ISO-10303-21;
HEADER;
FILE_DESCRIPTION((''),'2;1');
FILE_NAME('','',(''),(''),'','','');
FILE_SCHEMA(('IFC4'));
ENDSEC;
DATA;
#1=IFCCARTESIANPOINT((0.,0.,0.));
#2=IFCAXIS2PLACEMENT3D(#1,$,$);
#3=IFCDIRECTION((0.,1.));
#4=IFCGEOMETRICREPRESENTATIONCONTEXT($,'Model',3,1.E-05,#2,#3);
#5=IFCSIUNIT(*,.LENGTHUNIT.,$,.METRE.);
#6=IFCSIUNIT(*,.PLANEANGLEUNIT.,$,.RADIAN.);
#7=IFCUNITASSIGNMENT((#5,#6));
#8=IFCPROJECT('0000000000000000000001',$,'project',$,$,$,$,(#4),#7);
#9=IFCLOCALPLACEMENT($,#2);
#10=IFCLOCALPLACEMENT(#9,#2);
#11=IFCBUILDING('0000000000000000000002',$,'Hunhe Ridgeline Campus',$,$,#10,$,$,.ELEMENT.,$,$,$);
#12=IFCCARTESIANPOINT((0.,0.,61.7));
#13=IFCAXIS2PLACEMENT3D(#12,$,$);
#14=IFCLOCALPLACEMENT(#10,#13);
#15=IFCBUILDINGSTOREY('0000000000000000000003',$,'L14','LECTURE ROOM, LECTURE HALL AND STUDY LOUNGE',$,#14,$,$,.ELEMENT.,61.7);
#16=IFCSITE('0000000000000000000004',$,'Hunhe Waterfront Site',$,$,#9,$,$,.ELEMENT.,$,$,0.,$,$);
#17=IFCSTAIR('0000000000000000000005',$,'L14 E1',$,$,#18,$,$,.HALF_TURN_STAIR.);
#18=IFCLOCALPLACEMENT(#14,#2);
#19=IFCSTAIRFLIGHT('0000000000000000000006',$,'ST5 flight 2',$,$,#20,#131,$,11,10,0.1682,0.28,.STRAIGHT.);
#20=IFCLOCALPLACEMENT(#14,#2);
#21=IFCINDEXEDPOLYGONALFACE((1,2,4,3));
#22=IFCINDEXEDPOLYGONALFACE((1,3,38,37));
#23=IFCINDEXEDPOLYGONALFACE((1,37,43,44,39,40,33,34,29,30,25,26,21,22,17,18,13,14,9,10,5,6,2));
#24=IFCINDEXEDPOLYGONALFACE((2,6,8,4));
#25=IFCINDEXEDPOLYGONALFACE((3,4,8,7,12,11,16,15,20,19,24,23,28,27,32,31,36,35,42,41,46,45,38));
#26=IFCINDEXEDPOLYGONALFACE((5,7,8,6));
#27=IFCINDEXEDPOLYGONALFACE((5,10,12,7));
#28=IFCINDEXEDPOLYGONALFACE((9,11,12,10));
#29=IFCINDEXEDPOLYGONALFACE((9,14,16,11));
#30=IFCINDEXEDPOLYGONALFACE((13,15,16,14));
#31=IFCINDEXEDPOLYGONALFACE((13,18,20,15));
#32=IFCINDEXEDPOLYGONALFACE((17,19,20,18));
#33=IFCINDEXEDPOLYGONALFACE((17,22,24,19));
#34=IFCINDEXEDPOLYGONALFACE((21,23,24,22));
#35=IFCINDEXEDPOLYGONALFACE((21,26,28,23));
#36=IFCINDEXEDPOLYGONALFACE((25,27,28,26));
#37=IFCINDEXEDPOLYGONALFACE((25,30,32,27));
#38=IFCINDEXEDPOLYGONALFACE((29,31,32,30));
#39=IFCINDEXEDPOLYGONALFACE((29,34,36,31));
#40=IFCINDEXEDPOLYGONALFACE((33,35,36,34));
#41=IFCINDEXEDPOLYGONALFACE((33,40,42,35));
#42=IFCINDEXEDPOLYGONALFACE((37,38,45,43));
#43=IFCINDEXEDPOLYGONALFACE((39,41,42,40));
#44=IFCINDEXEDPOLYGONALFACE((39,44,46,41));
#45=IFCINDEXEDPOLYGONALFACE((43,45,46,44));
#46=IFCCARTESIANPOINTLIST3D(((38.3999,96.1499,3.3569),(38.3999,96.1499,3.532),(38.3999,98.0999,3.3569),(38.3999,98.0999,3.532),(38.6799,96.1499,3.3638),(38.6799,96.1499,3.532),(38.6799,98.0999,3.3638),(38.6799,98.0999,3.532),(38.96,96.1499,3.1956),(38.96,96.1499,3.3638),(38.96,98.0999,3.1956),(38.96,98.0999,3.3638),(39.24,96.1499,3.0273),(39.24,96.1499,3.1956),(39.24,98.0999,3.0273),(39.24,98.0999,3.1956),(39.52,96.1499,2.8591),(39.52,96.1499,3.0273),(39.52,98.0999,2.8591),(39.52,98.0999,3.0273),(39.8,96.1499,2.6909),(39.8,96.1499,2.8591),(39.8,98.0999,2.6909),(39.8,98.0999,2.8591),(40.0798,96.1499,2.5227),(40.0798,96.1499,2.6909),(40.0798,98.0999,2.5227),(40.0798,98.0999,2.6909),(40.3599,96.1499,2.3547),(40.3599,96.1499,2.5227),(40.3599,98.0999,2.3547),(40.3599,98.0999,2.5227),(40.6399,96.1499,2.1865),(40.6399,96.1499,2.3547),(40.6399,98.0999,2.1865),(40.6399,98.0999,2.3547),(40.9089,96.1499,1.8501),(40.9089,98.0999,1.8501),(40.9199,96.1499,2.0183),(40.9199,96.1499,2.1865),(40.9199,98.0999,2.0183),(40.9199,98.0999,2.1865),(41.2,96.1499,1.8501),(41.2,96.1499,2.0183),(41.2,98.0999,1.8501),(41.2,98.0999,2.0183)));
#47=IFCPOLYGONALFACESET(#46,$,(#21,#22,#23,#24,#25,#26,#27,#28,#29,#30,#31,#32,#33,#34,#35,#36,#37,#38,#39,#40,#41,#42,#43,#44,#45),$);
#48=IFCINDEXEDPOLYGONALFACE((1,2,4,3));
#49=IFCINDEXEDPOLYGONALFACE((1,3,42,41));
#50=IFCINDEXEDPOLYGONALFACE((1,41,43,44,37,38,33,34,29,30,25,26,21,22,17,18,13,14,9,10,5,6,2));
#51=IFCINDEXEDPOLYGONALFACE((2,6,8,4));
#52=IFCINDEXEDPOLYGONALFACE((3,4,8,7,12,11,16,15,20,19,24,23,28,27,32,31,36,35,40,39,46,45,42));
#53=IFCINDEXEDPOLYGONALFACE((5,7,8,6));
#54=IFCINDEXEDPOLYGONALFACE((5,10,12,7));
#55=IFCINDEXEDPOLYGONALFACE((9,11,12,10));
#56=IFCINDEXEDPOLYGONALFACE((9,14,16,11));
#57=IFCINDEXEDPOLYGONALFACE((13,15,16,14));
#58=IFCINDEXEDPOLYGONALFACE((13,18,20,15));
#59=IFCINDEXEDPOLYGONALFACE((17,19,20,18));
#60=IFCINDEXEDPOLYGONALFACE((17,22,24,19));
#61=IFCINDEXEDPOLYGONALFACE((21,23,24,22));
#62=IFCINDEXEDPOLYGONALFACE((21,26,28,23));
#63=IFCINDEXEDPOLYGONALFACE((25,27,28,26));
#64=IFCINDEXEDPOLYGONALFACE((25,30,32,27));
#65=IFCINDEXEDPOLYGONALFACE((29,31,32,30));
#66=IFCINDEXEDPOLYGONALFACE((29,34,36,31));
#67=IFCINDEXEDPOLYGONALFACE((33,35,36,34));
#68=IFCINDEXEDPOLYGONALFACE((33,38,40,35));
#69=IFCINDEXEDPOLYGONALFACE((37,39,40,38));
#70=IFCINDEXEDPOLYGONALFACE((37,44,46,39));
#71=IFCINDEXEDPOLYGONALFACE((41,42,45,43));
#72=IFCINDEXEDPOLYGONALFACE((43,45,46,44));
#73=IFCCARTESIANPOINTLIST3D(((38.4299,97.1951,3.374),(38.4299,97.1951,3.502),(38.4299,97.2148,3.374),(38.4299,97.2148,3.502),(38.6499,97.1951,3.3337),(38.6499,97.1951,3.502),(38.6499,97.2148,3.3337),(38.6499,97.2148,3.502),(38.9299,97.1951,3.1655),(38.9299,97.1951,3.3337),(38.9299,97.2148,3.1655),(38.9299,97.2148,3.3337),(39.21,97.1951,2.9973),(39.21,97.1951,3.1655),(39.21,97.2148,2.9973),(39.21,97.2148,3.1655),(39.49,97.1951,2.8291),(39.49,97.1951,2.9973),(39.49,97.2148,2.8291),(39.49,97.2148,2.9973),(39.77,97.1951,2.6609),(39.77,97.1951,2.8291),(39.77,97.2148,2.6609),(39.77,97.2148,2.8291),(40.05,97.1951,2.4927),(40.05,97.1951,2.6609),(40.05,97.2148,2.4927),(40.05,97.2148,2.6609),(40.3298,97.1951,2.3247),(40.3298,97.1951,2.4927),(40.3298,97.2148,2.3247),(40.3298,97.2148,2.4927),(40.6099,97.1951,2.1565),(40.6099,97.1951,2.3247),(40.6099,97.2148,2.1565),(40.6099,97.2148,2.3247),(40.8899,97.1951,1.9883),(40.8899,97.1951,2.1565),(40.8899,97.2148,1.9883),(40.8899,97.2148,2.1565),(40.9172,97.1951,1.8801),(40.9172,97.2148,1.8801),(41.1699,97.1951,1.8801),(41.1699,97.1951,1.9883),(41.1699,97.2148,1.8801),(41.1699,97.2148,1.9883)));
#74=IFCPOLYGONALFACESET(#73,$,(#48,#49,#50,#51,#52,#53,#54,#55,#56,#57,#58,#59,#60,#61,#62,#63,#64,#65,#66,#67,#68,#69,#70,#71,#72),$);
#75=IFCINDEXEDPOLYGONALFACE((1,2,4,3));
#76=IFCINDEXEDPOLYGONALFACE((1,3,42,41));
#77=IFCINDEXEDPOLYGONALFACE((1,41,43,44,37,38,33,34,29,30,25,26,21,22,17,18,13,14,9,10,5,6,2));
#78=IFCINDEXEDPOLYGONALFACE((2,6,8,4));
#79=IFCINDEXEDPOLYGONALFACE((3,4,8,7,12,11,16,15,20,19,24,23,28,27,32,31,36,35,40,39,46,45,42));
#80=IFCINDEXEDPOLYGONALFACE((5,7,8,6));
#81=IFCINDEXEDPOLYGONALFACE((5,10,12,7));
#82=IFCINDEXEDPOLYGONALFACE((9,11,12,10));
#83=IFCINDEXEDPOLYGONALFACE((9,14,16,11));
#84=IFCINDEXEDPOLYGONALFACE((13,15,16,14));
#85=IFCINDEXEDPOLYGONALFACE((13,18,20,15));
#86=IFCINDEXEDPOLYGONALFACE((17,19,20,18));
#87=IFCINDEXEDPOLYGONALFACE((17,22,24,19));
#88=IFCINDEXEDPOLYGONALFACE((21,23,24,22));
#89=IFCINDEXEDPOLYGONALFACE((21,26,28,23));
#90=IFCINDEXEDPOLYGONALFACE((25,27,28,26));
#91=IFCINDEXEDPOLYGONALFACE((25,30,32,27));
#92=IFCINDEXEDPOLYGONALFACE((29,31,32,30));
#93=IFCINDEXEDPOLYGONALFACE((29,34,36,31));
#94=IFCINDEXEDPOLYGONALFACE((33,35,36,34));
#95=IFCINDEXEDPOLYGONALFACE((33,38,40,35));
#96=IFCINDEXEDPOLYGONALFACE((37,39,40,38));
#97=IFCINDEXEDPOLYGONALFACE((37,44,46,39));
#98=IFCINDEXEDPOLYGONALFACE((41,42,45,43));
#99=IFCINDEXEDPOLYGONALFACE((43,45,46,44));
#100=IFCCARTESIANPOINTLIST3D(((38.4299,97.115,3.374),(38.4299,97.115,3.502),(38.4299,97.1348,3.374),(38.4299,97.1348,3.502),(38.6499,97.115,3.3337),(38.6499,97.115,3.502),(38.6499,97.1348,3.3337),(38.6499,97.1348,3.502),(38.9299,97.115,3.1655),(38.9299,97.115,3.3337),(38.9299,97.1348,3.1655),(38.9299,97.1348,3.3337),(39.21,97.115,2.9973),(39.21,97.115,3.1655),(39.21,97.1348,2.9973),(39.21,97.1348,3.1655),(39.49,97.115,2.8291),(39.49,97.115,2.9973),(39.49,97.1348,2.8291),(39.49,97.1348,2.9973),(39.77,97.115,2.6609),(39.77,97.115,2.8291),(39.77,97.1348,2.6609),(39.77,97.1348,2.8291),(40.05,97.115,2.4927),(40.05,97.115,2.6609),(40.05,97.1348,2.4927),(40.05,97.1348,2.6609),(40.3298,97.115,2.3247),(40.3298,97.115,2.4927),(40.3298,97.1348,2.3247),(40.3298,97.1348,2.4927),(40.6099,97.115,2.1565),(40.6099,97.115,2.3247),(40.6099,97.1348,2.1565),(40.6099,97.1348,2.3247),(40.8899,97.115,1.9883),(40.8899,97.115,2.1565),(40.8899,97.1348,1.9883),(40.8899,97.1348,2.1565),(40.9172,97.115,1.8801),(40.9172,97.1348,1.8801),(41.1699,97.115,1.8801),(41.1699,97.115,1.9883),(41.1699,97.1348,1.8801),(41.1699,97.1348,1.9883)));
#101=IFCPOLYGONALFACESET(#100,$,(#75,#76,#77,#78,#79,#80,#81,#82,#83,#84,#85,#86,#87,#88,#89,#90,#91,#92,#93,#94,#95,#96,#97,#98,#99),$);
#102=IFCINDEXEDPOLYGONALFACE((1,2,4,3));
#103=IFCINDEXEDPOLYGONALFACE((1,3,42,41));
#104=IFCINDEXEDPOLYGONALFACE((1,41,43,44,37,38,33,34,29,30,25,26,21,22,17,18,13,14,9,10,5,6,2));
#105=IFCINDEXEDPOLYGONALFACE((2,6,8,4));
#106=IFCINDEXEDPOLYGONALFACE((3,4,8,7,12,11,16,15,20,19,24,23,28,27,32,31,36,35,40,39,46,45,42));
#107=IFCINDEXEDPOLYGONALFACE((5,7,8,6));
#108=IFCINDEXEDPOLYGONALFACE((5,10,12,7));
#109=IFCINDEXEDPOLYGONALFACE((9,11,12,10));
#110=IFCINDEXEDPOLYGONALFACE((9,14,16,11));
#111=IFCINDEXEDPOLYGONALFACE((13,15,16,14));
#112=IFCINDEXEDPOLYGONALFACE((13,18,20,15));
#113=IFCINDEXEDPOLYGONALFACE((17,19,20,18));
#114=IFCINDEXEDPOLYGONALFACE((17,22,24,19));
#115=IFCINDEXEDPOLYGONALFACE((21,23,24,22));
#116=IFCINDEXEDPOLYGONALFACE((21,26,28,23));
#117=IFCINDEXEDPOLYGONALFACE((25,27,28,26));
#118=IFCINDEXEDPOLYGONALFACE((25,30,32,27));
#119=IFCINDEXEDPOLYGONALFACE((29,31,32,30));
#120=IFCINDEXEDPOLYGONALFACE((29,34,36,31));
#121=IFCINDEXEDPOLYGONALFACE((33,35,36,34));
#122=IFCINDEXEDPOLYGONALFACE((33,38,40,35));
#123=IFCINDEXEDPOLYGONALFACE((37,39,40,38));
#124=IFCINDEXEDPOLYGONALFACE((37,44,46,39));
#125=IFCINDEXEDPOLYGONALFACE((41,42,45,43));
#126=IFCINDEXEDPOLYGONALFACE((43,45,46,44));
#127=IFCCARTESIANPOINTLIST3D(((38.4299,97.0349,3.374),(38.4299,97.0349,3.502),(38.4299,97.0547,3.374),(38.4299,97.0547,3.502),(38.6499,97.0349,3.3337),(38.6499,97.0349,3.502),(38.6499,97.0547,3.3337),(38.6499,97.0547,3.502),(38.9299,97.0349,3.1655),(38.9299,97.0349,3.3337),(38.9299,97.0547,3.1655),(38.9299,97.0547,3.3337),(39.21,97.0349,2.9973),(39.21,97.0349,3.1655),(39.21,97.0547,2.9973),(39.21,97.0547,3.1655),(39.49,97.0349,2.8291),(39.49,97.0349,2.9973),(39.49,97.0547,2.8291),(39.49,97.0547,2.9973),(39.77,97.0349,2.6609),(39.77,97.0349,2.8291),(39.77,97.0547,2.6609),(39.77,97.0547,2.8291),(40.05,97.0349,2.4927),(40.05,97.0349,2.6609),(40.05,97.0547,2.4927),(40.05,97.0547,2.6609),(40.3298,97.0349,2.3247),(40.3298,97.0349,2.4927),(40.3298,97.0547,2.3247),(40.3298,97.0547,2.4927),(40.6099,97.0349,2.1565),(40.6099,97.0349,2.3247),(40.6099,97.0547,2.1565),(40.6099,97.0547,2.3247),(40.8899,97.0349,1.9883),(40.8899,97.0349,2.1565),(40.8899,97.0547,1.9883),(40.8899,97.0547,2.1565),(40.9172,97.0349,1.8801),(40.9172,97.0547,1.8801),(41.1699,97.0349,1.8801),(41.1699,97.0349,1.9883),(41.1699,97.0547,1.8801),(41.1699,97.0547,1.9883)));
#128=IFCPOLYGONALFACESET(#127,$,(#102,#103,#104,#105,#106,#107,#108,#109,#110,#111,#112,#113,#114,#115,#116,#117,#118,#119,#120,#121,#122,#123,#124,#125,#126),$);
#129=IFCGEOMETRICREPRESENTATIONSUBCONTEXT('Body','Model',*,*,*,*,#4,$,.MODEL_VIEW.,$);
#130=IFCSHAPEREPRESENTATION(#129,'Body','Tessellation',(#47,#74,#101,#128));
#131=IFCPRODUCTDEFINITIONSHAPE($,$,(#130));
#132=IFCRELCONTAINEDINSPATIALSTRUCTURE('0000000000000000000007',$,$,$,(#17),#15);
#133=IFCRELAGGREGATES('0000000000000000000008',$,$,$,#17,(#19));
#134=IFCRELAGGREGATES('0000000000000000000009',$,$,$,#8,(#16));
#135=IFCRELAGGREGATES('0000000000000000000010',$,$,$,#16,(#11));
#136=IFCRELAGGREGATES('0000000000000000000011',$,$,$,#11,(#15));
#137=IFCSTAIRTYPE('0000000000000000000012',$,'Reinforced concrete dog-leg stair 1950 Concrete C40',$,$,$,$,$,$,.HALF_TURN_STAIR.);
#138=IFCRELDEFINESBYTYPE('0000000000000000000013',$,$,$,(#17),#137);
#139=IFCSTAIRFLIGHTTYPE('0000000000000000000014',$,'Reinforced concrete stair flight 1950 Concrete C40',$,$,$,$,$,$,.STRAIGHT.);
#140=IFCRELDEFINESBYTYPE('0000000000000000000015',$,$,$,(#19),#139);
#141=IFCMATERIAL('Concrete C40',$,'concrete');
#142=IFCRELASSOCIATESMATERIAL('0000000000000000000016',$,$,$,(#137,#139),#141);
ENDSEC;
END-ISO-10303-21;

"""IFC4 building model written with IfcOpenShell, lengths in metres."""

from ifc_helpers import new_model, si_unit, direction, frame, origin, place, context, subcontext, project, spatial, polyline, outline, extrude, material, type_object, element, aggregate, save


model = new_model("IFC4")

# Units and contexts
model_context = context("Model", 3, precision=1e-05, world=origin(), true_north=direction((0.0, 1.0)))
body_context = subcontext(model_context, "Body", "Model", "MODEL_VIEW")
ifc_project = project(units=[si_unit("LENGTHUNIT", "METRE"), si_unit("PLANEANGLEUNIT", "RADIAN")], contexts=[model_context])

# Site, building, storey
site_placement = place(None, origin())
site = spatial("IfcSite", under=ifc_project, at=site_placement, Name="Hunhe Waterfront Site", CompositionType="ELEMENT", RefElevation=0.0)
building_placement = place(site_placement, origin())
building = spatial("IfcBuilding", under=site, at=building_placement, Name="Hunhe Ridgeline Campus", CompositionType="ELEMENT")
storey_placement = place(building_placement, frame((0.0, 0.0, 61.7)))
storey = spatial("IfcBuildingStorey", under=building, at=storey_placement, Name="L14", Description="LECTURE ROOM, LECTURE HALL AND STUDY LOUNGE", CompositionType="ELEMENT", Elevation=61.7)

# Stair, stair flight
ifc_material_1 = material(Name="Concrete C40", Category="concrete")
stair_type = type_object("IfcStairType", Name="Reinforced concrete dog-leg stair 1950 Concrete C40", PredefinedType="HALF_TURN_STAIR", material=ifc_material_1)
stair_1_placement = place(storey_placement, origin())
stair_1 = element("IfcStair", 1, at=stair_1_placement, inside=storey, type_object=stair_type, Name="L14 E1", PredefinedType="HALF_TURN_STAIR")
stair_flight_type = type_object("IfcStairFlightType", Name="Reinforced concrete stair flight 1950 Concrete C40", PredefinedType="STRAIGHT", material=ifc_material_1)
stair_flight_1_placement = place(storey_placement, frame((41.2, 97.125, 1.8501), z_axis=(0.0, 0.0, 1.0), x_axis=(-1.0, 0.0, 0.0)))
stair_flight_1 = element("IfcStairFlight", 2, at=stair_flight_1_placement, type_object=stair_flight_type, Name="ST5 flight 2", NumberOfRisers=11, NumberOfTreads=10, PredefinedType="STRAIGHT", RiserHeight=0.1682, TreadLength=0.28, context=body_context, shape_type="SweptSolid", body=[
    extrude(outline(polyline([(0.0, 0.0), (0.0, 0.1682), (0.28, 0.1682), (0.28, 0.3364), (0.5601, 0.3364), (0.5601, 0.5046), (0.8401, 0.5046), (0.8401, 0.6726), (1.1201, 0.6726), (1.1201, 0.8408), (1.3999, 0.8408), (1.3999, 1.009), (1.6799, 1.009), (1.6799, 1.1772), (1.96, 1.1772), (1.96, 1.3455), (2.24, 1.3455), (2.24, 1.5137), (2.52, 1.5137), (2.52, 1.6819), (2.8, 1.6819), (2.8, 1.8501), (2.8, 1.5068), (0.291, 0.0), (0.0, 0.0)])), frame((0.0, 0.9751, 0.0), z_axis=(0.0, -1.0, 0.0), x_axis=(1.0, 0.0, 0.0)), (0.0, 0.0, 1.0), 1.95),
    extrude(outline(polyline([(0.03, 0.03), (0.03, 0.1382), (0.3101, 0.1382), (0.3101, 0.3064), (0.5901, 0.3064), (0.5901, 0.4746), (0.8701, 0.4746), (0.8701, 0.6426), (1.1499, 0.6426), (1.1499, 0.8108), (1.4299, 0.8108), (1.4299, 0.979), (1.71, 0.979), (1.71, 1.1472), (1.99, 1.1472), (1.99, 1.3154), (2.27, 1.3154), (2.27, 1.4836), (2.55, 1.4836), (2.55, 1.6519), (2.77, 1.6519), (2.77, 1.5239), (0.2827, 0.03), (0.03, 0.03)])), frame((0.0, -0.0701, 0.0), z_axis=(0.0, -1.0, 0.0), x_axis=(1.0, 0.0, 0.0)), (0.0, 0.0, 1.0), 0.0198),
    extrude(outline(polyline([(0.03, 0.03), (0.03, 0.1382), (0.3101, 0.1382), (0.3101, 0.3064), (0.5901, 0.3064), (0.5901, 0.4746), (0.8701, 0.4746), (0.8701, 0.6426), (1.1499, 0.6426), (1.1499, 0.8108), (1.4299, 0.8108), (1.4299, 0.979), (1.71, 0.979), (1.71, 1.1472), (1.99, 1.1472), (1.99, 1.3154), (2.27, 1.3154), (2.27, 1.4836), (2.55, 1.4836), (2.55, 1.6519), (2.77, 1.6519), (2.77, 1.5239), (0.2827, 0.03), (0.03, 0.03)])), frame((0.0, 0.01, 0.0), z_axis=(0.0, -1.0, 0.0), x_axis=(1.0, 0.0, 0.0)), (0.0, 0.0, 1.0), 0.0198),
    extrude(outline(polyline([(0.03, 0.03), (0.03, 0.1382), (0.3101, 0.1382), (0.3101, 0.3064), (0.5901, 0.3064), (0.5901, 0.4746), (0.8701, 0.4746), (0.8701, 0.6426), (1.1499, 0.6426), (1.1499, 0.8108), (1.4299, 0.8108), (1.4299, 0.979), (1.71, 0.979), (1.71, 1.1472), (1.99, 1.1472), (1.99, 1.3154), (2.27, 1.3154), (2.27, 1.4836), (2.55, 1.4836), (2.55, 1.6519), (2.77, 1.6519), (2.77, 1.5239), (0.2827, 0.03), (0.03, 0.03)])), frame((0.0, 0.0901, 0.0), z_axis=(0.0, -1.0, 0.0), x_axis=(1.0, 0.0, 0.0)), (0.0, 0.0, 1.0), 0.0198),
])
aggregate(stair_1, [stair_flight_1])

save(model, "model.ifc")
